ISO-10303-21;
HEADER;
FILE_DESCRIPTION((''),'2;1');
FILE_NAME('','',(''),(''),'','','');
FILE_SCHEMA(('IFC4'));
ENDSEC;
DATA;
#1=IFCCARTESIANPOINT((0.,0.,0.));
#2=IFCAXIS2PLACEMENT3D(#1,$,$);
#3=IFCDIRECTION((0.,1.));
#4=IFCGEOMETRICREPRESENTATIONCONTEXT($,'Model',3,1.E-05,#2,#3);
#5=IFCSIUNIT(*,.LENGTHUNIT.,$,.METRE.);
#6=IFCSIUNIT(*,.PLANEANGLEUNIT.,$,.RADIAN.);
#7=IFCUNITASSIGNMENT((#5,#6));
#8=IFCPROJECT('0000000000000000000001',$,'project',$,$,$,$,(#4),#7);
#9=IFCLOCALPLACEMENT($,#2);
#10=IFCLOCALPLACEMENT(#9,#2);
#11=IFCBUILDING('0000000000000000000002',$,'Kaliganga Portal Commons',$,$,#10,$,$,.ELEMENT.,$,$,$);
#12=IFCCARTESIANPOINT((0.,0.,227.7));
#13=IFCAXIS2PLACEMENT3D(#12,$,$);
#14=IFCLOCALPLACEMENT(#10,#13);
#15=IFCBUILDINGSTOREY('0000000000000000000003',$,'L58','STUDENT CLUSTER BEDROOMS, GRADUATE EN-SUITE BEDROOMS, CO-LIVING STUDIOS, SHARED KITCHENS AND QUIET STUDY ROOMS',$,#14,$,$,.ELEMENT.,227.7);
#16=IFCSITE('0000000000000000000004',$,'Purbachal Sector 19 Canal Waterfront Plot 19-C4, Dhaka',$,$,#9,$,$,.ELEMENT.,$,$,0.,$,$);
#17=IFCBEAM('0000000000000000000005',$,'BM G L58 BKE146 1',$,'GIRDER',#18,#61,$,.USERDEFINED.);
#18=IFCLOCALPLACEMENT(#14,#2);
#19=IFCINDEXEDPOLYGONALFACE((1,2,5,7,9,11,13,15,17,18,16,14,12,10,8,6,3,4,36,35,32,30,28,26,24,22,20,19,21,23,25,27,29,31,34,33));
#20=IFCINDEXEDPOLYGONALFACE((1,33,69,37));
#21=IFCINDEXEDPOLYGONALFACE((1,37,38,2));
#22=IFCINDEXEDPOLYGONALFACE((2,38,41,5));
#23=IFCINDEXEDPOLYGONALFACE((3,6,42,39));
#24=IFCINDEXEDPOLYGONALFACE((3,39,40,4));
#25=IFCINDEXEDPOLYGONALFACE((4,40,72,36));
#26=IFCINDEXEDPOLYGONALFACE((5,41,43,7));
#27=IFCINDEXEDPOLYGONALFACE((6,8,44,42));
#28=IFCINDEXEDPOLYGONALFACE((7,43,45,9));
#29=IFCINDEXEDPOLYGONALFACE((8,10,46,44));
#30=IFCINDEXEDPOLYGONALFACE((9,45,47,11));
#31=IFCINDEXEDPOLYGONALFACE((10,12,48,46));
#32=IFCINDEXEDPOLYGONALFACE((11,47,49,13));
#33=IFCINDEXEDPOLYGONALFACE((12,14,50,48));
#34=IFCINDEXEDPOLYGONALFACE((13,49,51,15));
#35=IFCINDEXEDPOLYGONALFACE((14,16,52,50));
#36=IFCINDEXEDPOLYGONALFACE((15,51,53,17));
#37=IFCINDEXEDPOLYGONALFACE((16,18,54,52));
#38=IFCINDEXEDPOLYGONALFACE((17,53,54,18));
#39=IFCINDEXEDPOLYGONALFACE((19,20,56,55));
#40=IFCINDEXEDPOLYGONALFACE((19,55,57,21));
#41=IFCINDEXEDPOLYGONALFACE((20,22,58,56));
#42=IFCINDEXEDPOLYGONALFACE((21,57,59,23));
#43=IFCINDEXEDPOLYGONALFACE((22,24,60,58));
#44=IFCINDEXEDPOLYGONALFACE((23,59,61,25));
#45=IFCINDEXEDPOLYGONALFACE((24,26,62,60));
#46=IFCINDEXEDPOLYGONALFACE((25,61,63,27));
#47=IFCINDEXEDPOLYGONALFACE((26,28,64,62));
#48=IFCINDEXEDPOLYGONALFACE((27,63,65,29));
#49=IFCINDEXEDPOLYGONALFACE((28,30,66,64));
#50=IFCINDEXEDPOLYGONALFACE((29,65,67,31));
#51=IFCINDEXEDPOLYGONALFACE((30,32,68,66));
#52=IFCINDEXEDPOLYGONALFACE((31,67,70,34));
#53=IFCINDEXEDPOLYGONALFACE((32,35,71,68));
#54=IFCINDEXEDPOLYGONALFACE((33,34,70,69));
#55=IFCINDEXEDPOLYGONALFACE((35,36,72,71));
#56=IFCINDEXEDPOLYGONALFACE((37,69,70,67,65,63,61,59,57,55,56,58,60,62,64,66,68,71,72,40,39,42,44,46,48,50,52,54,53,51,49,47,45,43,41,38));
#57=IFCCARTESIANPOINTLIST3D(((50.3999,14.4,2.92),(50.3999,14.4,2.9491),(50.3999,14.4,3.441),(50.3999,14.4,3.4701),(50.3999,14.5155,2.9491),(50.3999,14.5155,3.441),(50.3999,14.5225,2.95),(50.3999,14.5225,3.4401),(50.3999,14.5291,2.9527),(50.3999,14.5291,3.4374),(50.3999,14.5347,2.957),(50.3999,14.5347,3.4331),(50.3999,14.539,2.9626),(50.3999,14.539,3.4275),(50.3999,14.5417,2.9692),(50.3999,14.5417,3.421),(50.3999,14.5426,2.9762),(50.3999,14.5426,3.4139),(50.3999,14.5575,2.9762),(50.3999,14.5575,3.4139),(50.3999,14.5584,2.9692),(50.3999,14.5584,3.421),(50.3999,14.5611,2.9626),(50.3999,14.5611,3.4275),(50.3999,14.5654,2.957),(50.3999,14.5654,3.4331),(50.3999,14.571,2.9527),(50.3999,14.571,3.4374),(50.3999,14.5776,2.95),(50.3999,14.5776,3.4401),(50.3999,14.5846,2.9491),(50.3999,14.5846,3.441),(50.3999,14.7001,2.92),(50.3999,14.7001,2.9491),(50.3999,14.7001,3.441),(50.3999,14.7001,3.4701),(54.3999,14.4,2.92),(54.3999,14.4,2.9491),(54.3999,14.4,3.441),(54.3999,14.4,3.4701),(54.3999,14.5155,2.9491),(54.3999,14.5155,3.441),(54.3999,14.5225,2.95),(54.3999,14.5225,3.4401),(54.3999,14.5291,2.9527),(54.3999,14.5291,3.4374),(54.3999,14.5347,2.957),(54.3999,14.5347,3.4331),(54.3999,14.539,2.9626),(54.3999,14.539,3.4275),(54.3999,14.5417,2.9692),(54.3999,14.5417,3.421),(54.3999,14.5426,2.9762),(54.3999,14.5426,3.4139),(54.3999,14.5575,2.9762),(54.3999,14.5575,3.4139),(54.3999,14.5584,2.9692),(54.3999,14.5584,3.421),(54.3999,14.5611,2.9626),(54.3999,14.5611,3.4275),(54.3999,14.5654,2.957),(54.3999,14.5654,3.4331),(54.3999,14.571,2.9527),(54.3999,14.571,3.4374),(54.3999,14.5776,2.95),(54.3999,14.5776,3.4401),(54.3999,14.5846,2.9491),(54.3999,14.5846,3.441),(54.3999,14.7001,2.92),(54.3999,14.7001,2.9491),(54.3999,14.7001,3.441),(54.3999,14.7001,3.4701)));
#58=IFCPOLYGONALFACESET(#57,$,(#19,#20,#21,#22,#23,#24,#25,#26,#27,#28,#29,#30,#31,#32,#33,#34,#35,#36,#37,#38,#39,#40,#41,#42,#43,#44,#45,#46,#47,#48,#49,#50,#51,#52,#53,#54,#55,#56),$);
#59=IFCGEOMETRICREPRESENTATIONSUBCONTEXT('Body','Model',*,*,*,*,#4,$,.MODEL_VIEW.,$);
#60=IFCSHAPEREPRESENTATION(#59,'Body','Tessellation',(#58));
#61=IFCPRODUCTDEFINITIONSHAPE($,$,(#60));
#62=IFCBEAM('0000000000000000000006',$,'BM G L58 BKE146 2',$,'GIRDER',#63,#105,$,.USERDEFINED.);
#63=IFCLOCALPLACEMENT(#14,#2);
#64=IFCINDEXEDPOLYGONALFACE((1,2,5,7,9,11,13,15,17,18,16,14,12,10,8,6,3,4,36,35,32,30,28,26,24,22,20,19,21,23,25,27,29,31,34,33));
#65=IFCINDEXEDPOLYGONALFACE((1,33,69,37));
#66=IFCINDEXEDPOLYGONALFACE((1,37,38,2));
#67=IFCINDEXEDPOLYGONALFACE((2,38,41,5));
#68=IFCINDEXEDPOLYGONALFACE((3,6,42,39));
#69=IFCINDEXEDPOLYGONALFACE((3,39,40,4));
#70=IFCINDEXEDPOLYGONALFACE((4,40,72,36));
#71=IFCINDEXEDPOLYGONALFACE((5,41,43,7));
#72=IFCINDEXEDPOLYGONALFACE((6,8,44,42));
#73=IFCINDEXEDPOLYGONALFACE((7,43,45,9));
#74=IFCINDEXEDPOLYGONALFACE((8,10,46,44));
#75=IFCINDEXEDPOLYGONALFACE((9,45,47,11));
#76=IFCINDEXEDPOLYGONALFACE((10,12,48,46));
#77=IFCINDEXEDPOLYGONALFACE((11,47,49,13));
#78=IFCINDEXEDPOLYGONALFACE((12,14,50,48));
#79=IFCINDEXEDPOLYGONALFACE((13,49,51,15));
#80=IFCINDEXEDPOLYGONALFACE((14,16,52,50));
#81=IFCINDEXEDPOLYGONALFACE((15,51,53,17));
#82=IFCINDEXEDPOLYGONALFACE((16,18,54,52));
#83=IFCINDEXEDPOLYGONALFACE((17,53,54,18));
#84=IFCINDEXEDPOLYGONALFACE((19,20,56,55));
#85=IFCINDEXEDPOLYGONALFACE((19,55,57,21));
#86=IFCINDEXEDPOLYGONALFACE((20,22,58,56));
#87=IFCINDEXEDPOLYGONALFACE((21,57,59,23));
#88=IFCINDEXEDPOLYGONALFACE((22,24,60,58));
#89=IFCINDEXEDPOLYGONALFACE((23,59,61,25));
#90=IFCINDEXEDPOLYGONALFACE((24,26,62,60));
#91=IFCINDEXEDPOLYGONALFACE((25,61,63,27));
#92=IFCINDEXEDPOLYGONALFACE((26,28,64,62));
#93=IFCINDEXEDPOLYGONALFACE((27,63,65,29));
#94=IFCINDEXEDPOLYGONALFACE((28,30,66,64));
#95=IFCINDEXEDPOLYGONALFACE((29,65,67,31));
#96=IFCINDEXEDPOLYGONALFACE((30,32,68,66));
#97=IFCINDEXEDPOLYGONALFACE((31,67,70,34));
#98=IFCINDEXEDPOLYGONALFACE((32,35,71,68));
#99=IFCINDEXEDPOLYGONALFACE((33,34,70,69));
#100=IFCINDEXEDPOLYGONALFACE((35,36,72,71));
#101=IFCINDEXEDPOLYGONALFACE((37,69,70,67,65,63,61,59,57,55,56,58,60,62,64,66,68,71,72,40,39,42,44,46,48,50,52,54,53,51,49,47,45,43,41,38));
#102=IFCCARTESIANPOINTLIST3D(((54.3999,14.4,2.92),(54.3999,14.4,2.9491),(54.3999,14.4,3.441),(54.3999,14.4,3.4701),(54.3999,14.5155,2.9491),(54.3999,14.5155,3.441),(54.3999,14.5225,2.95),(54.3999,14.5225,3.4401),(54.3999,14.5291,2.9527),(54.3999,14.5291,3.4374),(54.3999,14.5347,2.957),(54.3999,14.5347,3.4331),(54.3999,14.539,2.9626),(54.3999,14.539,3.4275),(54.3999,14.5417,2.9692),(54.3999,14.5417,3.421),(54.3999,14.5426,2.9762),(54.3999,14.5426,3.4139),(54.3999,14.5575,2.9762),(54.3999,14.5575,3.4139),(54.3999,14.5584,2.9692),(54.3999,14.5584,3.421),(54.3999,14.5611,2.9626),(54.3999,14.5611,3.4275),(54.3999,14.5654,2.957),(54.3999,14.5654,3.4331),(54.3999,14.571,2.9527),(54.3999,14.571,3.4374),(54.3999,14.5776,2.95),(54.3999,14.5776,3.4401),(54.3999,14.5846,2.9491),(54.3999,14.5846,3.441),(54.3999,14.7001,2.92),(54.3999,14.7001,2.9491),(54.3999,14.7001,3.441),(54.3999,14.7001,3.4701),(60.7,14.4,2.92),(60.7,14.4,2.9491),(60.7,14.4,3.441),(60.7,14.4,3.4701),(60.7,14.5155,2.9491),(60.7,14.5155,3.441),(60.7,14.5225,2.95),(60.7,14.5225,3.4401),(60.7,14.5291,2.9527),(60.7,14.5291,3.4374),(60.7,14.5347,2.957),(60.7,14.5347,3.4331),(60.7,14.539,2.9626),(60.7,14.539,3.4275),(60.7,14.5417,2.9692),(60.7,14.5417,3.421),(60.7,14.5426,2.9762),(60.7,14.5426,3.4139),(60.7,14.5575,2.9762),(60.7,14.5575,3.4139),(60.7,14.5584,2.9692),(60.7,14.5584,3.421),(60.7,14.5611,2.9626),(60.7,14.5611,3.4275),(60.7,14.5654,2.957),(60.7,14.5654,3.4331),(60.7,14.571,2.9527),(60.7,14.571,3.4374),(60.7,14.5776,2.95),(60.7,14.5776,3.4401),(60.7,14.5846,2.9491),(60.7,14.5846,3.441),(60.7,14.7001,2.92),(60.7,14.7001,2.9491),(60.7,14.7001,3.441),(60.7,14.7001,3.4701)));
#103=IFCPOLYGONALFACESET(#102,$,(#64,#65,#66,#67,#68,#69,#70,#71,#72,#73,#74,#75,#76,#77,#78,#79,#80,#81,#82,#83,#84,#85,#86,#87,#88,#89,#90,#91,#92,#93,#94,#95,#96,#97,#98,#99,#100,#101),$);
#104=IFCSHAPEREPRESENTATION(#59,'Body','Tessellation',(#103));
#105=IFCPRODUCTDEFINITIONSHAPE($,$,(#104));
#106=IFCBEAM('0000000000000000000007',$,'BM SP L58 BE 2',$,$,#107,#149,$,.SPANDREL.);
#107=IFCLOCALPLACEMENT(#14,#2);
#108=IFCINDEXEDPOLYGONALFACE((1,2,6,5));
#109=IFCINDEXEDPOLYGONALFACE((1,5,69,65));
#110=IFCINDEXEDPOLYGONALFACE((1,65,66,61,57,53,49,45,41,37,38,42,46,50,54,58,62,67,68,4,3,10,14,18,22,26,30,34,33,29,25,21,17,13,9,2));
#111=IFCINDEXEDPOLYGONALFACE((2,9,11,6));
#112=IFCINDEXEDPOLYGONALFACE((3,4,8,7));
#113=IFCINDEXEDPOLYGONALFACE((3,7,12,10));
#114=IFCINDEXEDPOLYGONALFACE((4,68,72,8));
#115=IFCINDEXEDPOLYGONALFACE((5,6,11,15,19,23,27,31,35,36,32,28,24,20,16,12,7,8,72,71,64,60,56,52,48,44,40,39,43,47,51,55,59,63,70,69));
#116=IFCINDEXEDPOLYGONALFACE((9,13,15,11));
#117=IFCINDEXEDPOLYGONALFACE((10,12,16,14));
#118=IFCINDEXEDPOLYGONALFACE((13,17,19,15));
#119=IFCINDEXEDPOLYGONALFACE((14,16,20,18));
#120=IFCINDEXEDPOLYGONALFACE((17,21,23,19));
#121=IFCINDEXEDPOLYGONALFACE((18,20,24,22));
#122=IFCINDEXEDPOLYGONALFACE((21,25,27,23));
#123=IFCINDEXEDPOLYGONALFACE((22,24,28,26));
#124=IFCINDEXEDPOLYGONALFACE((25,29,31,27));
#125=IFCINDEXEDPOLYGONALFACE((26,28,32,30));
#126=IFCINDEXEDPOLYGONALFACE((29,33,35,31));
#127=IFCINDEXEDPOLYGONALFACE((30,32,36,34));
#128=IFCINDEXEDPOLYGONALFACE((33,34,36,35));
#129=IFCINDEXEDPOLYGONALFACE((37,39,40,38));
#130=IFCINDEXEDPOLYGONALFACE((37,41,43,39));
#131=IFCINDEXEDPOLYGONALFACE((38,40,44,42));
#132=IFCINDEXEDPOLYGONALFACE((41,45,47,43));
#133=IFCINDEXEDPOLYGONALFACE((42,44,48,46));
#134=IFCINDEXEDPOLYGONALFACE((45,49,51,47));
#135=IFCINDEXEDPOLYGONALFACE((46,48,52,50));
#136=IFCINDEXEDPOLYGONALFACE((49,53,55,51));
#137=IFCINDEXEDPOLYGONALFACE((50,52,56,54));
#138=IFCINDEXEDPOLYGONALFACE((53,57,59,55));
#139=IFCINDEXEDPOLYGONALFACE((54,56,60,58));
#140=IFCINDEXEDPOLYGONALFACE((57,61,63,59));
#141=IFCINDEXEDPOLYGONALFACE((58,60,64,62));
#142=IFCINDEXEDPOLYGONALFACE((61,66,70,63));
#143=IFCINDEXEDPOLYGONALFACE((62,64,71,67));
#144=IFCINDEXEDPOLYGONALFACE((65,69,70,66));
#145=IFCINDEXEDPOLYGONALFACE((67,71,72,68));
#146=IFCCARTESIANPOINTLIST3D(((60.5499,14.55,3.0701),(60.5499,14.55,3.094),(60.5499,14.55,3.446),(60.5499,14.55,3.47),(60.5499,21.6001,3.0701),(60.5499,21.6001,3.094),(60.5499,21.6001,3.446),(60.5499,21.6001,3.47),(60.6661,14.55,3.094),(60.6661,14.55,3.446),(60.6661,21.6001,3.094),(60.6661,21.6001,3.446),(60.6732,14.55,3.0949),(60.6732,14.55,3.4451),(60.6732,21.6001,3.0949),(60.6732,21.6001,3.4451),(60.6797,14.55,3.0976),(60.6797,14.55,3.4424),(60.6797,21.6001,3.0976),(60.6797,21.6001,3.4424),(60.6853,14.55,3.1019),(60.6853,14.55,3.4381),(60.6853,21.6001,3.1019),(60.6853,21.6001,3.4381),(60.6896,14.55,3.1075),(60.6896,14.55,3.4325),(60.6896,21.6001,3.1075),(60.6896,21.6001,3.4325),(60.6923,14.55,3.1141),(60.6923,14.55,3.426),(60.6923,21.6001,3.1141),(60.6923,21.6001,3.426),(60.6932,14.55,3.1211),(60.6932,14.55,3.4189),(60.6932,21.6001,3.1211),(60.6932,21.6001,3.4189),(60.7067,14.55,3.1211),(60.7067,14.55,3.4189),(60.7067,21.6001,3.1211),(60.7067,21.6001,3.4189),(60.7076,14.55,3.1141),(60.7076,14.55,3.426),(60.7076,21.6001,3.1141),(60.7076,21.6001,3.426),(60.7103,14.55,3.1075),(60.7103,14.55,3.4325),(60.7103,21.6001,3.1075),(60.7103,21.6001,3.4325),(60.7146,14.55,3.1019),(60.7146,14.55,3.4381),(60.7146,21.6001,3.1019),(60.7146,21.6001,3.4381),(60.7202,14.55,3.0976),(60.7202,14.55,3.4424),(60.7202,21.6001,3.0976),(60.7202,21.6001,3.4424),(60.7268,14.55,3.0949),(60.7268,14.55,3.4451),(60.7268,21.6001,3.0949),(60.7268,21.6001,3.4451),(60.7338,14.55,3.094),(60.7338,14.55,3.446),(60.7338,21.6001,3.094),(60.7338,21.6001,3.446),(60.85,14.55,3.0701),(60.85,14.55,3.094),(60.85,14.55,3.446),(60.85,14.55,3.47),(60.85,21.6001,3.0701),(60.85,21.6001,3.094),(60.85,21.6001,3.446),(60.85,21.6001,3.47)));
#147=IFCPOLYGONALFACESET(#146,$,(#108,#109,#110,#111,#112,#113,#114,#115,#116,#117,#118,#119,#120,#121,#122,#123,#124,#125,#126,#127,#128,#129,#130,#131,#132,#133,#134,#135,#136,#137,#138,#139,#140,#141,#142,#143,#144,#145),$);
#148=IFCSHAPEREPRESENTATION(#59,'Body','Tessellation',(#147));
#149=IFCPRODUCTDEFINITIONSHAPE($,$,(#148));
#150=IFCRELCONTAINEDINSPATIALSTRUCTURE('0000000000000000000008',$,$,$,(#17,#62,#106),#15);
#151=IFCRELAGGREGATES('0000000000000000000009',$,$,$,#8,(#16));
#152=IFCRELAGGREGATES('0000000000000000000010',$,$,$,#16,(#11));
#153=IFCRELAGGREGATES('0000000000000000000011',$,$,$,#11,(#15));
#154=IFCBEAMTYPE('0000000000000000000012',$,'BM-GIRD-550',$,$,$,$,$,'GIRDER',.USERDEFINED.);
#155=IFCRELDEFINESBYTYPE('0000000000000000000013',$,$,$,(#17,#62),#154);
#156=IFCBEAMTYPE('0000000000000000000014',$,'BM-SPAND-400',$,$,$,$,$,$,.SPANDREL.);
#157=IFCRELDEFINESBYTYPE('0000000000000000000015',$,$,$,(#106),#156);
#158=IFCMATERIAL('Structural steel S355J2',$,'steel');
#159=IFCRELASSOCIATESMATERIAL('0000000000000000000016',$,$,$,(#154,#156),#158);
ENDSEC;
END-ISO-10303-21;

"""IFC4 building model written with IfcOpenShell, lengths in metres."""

from ifc_helpers import new_model, si_unit, direction, frame, origin, origin_2d, place, context, subcontext, project, spatial, i_section, extrude, source, transform, mapped, material, material_profile, profile_set, type_object, element, save


model = new_model("IFC4")

# Units and contexts
model_context = context("Model", 3, precision=1e-05, world=origin(), true_north=direction((0.0, 1.0)))
body_context = subcontext(model_context, "Body", "Model", "MODEL_VIEW")
ifc_project = project(units=[si_unit("LENGTHUNIT", "METRE"), si_unit("PLANEANGLEUNIT", "RADIAN")], contexts=[model_context])

# Site, building, storey
site_placement = place(None, origin())
site = spatial("IfcSite", under=ifc_project, at=site_placement, Name="Purbachal Sector 19 Canal Waterfront Plot 19-C4, Dhaka", CompositionType="ELEMENT", RefElevation=0.0)
building_placement = place(site_placement, origin())
building = spatial("IfcBuilding", under=site, at=building_placement, Name="Kaliganga Portal Commons", CompositionType="ELEMENT")
storey_placement = place(building_placement, frame((0.0, 0.0, 227.7)))
storey = spatial("IfcBuildingStorey", under=building, at=storey_placement, Name="L58", Description="STUDENT CLUSTER BEDROOMS, GRADUATE EN-SUITE BEDROOMS, CO-LIVING STUDIOS, SHARED KITCHENS AND QUIET STUDY ROOMS", CompositionType="ELEMENT", Elevation=227.7)

# Shared definitions
ifc_material_1 = material(Name="Structural steel S355J2", Category="steel")

# Beams
ifc_material_profile_1 = material_profile(ifc_material_1, i_section(OverallWidth=0.3, OverallDepth=0.55, WebThickness=0.0149, FlangeThickness=0.0291, FilletRadius=0.0271, at=origin_2d()), Name="HE 550 B")
ifc_profile_set_1 = profile_set([ifc_material_profile_1], Name="Structural steel S355J2 wide-flange")
beam_type_1 = type_object("IfcBeamType", Name="BM-GIRD-550", ElementType="GIRDER", PredefinedType="USERDEFINED", material=ifc_profile_set_1)
shared_shape_1 = source(origin(), body_context, "Body", "SweptSolid", [
    extrude(i_section(OverallWidth=0.3, OverallDepth=0.55, WebThickness=0.0149, FlangeThickness=0.0291, FilletRadius=0.0271, at=origin_2d()), origin(), (0.0, 0.0, 1.0), 4.0),
])
beam_1_placement = place(storey_placement, frame((50.3999, 14.55, 3.1951), z_axis=(1.0, 0.0, 0.0), x_axis=(0.0, 1.0, 0.0)))
element("IfcBeam", 1, at=beam_1_placement, inside=storey, type_object=beam_type_1, Name="BM G L58 BKE146 1", ObjectType="GIRDER", PredefinedType="USERDEFINED", context=body_context, shape_type="MappedRepresentation", body=[
    mapped(shared_shape_1, transform((0.0, 0.0, 0.0), x_axis=(1.0, 0.0, 0.0), y_axis=(0.0, 1.0, 0.0), z_axis=(0.0, 0.0, 1.0), scale=1.0)),
])
shared_shape_2 = source(origin(), body_context, "Body", "SweptSolid", [
    extrude(i_section(OverallWidth=0.3, OverallDepth=0.55, WebThickness=0.0149, FlangeThickness=0.0291, FilletRadius=0.0271, at=origin_2d()), origin(), (0.0, 0.0, 1.0), 6.3),
])
beam_2_placement = place(storey_placement, frame((54.3999, 14.55, 3.1951), z_axis=(1.0, 0.0, 0.0), x_axis=(0.0, 1.0, 0.0)))
element("IfcBeam", 2, at=beam_2_placement, inside=storey, type_object=beam_type_1, Name="BM G L58 BKE146 2", ObjectType="GIRDER", PredefinedType="USERDEFINED", context=body_context, shape_type="MappedRepresentation", body=[
    mapped(shared_shape_2, transform((0.0, 0.0, 0.0), x_axis=(1.0, 0.0, 0.0), y_axis=(0.0, 1.0, 0.0), z_axis=(0.0, 0.0, 1.0), scale=1.0)),
])
ifc_material_profile_2 = material_profile(ifc_material_1, i_section(OverallWidth=0.3, OverallDepth=0.3999, WebThickness=0.0134, FlangeThickness=0.0239, FilletRadius=0.0271, at=origin_2d()), Name="HE 400 B")
ifc_profile_set_2 = profile_set([ifc_material_profile_2], Name="Structural steel S355J2 wide-flange")
beam_type_2 = type_object("IfcBeamType", Name="BM-SPAND-400", PredefinedType="SPANDREL", material=ifc_profile_set_2)
shared_shape_3 = source(origin(), body_context, "Body", "SweptSolid", [
    extrude(i_section(OverallWidth=0.3, OverallDepth=0.3999, WebThickness=0.0134, FlangeThickness=0.0239, FilletRadius=0.0271, at=origin_2d()), origin(), (0.0, 0.0, 1.0), 7.05),
])
beam_3_placement = place(storey_placement, frame((60.7, 14.55, 3.27), z_axis=(0.0, 1.0, 0.0), x_axis=(-1.0, 0.0, 0.0)))
element("IfcBeam", 3, at=beam_3_placement, inside=storey, type_object=beam_type_2, Name="BM SP L58 BE 2", PredefinedType="SPANDREL", context=body_context, shape_type="MappedRepresentation", body=[
    mapped(shared_shape_3, transform((0.0, 0.0, 0.0), x_axis=(1.0, 0.0, 0.0), y_axis=(0.0, 1.0, 0.0), z_axis=(0.0, 0.0, 1.0), scale=1.0)),
])

save(model, "model.ifc")
